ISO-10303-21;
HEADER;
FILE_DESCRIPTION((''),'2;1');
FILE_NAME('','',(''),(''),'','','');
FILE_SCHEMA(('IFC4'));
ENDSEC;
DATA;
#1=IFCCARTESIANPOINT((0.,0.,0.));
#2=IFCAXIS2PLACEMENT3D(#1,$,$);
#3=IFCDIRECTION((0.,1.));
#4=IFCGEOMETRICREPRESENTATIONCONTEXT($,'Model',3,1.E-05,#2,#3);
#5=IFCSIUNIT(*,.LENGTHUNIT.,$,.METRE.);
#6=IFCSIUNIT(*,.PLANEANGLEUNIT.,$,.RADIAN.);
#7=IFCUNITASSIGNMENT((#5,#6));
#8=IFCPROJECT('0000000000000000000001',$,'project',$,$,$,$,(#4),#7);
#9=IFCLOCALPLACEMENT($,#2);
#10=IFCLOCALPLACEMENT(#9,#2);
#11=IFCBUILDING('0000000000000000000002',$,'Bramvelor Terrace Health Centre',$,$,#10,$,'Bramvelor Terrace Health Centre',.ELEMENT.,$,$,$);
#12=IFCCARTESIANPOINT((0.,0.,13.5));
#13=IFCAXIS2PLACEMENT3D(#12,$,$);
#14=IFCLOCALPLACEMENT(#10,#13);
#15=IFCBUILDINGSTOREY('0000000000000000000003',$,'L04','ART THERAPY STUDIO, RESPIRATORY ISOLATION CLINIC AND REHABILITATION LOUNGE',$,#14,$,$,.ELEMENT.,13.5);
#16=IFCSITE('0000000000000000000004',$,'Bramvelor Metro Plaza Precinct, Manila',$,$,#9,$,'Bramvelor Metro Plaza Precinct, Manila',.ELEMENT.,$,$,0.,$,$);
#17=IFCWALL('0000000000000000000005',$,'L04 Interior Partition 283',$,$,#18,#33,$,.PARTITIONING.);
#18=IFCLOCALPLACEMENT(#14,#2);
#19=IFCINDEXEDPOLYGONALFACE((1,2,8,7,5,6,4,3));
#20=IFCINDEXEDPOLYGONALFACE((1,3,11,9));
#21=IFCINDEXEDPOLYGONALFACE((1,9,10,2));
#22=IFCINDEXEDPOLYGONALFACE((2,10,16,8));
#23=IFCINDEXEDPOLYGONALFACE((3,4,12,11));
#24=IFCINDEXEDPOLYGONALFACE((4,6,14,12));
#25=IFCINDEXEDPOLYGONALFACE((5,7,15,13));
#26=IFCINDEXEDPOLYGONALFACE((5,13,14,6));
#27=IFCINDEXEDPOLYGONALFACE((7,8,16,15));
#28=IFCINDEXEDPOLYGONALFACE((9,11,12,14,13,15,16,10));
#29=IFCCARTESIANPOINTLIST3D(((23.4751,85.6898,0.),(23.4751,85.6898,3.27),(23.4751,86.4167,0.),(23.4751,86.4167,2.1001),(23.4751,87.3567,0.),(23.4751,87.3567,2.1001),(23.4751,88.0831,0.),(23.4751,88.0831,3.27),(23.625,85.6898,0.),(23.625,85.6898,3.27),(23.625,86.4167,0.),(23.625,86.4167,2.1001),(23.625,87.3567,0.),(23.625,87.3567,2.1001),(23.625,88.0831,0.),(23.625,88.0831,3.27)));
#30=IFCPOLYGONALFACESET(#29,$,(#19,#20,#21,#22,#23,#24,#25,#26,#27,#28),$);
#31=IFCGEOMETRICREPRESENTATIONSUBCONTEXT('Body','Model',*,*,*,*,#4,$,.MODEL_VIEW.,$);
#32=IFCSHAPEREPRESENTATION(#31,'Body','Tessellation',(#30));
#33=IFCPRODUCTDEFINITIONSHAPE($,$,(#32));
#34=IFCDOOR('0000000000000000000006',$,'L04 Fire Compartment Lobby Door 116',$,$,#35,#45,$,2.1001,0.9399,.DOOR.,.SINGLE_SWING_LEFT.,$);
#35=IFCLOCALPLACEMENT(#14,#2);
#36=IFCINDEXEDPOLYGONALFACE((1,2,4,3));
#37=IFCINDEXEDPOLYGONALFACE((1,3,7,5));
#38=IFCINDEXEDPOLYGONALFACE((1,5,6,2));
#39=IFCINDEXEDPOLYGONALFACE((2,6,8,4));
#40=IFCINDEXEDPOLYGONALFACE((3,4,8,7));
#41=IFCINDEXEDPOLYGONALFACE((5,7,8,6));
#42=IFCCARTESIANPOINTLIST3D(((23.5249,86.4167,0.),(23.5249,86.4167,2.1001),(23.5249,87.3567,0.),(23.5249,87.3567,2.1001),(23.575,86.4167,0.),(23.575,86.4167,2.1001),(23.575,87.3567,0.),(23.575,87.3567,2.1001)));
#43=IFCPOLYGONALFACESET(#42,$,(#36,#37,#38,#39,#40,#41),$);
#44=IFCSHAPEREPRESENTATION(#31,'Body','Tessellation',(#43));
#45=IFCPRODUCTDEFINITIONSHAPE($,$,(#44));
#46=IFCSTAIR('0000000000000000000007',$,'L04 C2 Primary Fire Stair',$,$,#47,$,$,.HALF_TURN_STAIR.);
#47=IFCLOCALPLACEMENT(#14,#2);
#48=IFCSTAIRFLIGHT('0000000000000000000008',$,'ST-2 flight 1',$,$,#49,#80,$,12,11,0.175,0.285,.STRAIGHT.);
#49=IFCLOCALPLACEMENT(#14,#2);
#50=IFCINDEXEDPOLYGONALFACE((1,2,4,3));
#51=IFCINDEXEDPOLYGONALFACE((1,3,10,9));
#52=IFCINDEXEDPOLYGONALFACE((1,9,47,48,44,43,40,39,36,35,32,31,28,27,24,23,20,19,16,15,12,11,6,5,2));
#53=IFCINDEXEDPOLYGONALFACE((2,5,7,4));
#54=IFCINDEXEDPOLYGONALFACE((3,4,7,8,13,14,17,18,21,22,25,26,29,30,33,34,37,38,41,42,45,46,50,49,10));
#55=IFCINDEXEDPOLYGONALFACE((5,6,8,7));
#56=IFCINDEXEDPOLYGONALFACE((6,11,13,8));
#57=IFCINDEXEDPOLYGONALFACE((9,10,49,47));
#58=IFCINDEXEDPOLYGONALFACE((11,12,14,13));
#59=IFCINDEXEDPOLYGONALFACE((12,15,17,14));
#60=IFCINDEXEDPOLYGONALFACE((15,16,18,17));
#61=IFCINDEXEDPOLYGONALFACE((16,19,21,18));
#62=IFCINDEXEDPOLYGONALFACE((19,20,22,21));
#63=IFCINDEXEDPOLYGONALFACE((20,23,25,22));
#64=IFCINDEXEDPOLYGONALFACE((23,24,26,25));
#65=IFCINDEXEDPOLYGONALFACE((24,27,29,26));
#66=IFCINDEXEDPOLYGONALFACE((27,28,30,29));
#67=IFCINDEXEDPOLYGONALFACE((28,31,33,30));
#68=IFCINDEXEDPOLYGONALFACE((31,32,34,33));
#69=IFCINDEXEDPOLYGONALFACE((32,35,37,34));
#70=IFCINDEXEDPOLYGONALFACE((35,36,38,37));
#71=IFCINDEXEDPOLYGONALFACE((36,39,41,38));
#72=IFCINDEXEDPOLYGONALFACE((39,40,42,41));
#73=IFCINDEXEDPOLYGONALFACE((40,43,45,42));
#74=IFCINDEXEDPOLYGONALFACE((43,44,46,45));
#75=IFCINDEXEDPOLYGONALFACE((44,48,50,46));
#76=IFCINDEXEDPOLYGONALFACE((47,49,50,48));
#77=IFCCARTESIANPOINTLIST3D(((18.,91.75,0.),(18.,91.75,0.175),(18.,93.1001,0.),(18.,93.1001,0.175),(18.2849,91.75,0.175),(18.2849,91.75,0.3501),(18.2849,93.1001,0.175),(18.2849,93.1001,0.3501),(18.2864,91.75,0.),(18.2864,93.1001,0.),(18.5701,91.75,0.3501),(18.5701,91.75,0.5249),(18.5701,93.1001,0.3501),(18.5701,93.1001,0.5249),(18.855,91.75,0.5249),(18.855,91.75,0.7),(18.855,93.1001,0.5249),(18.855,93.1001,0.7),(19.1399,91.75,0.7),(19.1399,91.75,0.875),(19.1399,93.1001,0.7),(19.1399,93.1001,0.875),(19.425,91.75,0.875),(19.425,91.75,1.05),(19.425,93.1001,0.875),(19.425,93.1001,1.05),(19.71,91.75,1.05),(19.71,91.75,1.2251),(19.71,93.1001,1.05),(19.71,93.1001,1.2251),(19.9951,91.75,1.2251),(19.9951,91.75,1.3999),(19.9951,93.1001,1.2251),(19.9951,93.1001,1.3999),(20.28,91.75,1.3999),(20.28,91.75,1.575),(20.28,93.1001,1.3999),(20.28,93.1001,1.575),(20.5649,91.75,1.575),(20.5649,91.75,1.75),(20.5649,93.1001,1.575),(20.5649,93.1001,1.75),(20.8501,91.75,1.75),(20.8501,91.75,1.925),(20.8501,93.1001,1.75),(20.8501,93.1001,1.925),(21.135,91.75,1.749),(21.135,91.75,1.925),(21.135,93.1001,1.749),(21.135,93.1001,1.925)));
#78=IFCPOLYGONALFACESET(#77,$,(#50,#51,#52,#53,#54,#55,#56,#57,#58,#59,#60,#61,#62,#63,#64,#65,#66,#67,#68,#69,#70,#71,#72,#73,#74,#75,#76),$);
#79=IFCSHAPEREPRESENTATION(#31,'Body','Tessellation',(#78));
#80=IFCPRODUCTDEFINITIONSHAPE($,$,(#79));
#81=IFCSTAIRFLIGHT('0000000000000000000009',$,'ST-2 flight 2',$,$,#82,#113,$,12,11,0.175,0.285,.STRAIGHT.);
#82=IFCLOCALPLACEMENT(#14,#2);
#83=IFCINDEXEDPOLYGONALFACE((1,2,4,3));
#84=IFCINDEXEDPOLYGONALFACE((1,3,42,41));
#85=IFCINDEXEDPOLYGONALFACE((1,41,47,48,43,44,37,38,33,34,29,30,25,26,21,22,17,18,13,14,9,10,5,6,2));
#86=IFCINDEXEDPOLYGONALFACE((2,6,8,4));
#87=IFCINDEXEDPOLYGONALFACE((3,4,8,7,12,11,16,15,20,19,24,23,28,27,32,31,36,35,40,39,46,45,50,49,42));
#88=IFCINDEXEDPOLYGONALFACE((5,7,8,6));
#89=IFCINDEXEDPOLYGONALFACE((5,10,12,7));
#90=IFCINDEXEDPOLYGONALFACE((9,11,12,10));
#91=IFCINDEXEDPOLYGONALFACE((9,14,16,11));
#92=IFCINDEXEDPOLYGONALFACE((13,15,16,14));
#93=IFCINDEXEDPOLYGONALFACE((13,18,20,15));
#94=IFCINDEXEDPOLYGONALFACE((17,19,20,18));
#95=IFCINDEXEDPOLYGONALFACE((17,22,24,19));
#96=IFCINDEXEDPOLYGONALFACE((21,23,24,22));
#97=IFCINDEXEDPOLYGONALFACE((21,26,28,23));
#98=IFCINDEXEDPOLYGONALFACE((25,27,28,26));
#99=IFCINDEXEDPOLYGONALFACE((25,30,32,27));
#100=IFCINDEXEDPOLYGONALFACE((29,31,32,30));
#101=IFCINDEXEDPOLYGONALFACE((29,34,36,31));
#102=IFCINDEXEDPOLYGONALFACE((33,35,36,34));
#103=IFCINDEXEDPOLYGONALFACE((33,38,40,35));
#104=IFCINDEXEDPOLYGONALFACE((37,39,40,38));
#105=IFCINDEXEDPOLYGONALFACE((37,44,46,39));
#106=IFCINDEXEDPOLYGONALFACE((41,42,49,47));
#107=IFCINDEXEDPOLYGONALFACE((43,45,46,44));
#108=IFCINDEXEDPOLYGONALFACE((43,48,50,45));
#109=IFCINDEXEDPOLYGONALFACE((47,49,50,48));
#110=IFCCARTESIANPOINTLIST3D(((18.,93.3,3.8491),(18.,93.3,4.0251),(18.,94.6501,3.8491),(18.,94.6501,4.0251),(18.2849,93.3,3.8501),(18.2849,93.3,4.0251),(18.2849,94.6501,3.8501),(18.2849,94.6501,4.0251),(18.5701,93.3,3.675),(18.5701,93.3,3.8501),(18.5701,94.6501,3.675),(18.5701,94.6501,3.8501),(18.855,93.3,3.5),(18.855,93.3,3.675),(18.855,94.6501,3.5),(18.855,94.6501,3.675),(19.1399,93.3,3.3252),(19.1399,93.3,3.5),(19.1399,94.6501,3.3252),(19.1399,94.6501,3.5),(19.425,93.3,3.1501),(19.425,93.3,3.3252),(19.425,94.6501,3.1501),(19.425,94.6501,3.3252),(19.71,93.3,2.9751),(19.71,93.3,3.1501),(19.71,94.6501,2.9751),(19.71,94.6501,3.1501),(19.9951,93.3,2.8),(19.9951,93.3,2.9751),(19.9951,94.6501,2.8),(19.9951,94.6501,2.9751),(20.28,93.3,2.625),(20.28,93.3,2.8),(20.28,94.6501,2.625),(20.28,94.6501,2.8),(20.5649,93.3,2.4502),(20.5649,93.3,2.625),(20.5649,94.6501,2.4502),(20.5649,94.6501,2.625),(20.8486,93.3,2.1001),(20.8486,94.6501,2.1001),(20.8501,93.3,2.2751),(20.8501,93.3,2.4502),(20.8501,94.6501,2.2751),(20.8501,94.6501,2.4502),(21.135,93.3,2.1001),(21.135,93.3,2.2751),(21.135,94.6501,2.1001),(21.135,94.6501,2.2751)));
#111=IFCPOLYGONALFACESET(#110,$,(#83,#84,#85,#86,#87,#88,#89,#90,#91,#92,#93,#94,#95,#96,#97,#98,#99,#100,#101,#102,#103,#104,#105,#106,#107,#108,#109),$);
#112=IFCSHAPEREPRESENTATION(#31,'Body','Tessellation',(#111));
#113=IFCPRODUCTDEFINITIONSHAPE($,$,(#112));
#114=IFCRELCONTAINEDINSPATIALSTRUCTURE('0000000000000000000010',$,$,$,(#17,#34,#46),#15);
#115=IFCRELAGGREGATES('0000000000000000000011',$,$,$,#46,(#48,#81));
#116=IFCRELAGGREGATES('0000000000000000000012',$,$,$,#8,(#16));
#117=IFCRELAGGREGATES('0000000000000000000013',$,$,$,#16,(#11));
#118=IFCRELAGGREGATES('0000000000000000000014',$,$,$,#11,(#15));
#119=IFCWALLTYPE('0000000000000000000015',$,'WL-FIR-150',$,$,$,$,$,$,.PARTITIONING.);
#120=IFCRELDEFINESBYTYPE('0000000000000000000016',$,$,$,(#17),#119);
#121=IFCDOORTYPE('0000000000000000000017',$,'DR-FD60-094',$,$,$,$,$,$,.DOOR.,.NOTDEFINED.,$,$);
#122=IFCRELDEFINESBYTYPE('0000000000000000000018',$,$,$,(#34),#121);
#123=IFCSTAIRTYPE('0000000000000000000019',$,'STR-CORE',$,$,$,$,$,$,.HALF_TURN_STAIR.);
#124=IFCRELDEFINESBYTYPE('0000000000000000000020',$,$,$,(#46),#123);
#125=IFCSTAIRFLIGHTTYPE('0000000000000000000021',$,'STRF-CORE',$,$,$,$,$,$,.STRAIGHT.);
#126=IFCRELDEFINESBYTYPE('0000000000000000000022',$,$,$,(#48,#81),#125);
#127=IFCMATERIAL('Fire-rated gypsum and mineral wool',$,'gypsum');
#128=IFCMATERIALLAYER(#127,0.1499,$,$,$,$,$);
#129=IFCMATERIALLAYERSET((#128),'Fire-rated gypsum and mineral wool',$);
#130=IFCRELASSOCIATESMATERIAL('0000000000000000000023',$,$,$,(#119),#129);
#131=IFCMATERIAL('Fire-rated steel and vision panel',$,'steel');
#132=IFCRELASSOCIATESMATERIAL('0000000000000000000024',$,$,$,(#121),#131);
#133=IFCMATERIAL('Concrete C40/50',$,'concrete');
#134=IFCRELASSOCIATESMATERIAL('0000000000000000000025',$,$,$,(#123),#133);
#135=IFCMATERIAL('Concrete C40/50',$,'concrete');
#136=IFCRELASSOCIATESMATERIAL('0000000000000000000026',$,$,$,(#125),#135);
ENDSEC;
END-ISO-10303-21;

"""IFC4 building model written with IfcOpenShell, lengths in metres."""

from ifc_helpers import new_model, si_unit, direction, frame, frame_2d, origin, place, context, subcontext, project, spatial, polyline, rectangle, outline, extrude, material, layer, layer_set, type_object, element, fill, aggregate, save


model = new_model("IFC4")

# Units and contexts
model_context = context("Model", 3, precision=1e-05, world=origin(), true_north=direction((0.0, 1.0)))
body_context = subcontext(model_context, "Body", "Model", "MODEL_VIEW")
ifc_project = project(units=[si_unit("LENGTHUNIT", "METRE"), si_unit("PLANEANGLEUNIT", "RADIAN")], contexts=[model_context])

# Site, building, storey
site_placement = place(None, origin())
site = spatial("IfcSite", under=ifc_project, at=site_placement, Name="Bramvelor Metro Plaza Precinct, Manila", LongName="Bramvelor Metro Plaza Precinct, Manila", CompositionType="ELEMENT", RefElevation=0.0)
building_placement = place(site_placement, origin())
building = spatial("IfcBuilding", under=site, at=building_placement, Name="Bramvelor Terrace Health Centre", LongName="Bramvelor Terrace Health Centre", CompositionType="ELEMENT")
storey_placement = place(building_placement, frame((0.0, 0.0, 13.5)))
storey = spatial("IfcBuildingStorey", under=building, at=storey_placement, Name="L04", Description="ART THERAPY STUDIO, RESPIRATORY ISOLATION CLINIC AND REHABILITATION LOUNGE", CompositionType="ELEMENT", Elevation=13.5)

# Wall, opening, door
ifc_material_1 = material(Name="Fire-rated gypsum and mineral wool", Category="gypsum")
ifc_layer_1 = layer(ifc_material_1, 0.1499)
ifc_layer_set_1 = layer_set([ifc_layer_1], Name="Fire-rated gypsum and mineral wool")
wall_type_1 = type_object("IfcWallType", Name="WL-FIR-150", PredefinedType="PARTITIONING", material=ifc_layer_set_1)
wall_1_placement = place(storey_placement, frame((23.55, 88.0833, 0.0), z_axis=(0.0, 0.0, 1.0), x_axis=(0.0, -1.0, 0.0)))
wall_1 = element("IfcWall", 1, at=wall_1_placement, inside=storey, type_object=wall_type_1, Name="L04 Interior Partition 283", PredefinedType="PARTITIONING", context=body_context, shape_type="SweptSolid", body=[
    extrude(rectangle(XDim=2.3933, YDim=0.1499, at=frame_2d((1.1968, 0.0))), origin(), (0.0, 0.0, 1.0), 3.27),
])
opening_1_placement = place(wall_1_placement, frame((0.7266, 0.0, 0.0)))
opening_1 = element("IfcOpeningElement", 2, at=opening_1_placement, cuts=wall_1, PredefinedType="OPENING", context=body_context, shape_type="SweptSolid", body=[
    extrude(rectangle(XDim=0.9399, YDim=2.1001, at=frame_2d((0.47, 1.05))), frame((0.0, 0.085, 0.0), z_axis=(0.0, -1.0, 0.0), x_axis=(1.0, 0.0, 0.0)), (0.0, 0.0, 1.0), 0.1699),
])
ifc_material_2 = material(Name="Fire-rated steel and vision panel", Category="steel")
door_type_1 = type_object("IfcDoorType", Name="DR-FD60-094", OperationType="NOTDEFINED", PredefinedType="DOOR", material=ifc_material_2)
door_1_placement = place(opening_1_placement, origin())
door_1 = element("IfcDoor", 3, at=door_1_placement, inside=storey, type_object=door_type_1, Name="L04 Fire Compartment Lobby Door 116", OperationType="SINGLE_SWING_LEFT", OverallHeight=2.1001, OverallWidth=0.9399, PredefinedType="DOOR", context=body_context, shape_type="SweptSolid", body=[
    extrude(rectangle(XDim=0.9399, YDim=2.1001, at=frame_2d((0.47, 1.05))), frame((0.0, 0.0249, 0.0), z_axis=(0.0, -1.0, 0.0), x_axis=(1.0, 0.0, 0.0)), (0.0, 0.0, 1.0), 0.05),
])
fill(opening_1, door_1)

# Stair, stair flights
ifc_material_3 = material(Name="Concrete C40/50", Category="concrete")
stair_type = type_object("IfcStairType", Name="STR-CORE", PredefinedType="HALF_TURN_STAIR", material=ifc_material_3)
stair_placement = place(storey_placement, origin())
stair = element("IfcStair", 4, at=stair_placement, inside=storey, type_object=stair_type, Name="L04 C2 Primary Fire Stair", PredefinedType="HALF_TURN_STAIR")
ifc_material_4 = material(Name="Concrete C40/50", Category="concrete")
stair_flight_type = type_object("IfcStairFlightType", Name="STRF-CORE", PredefinedType="STRAIGHT", material=ifc_material_4)
stair_flight_1_placement = place(storey_placement, frame((18.0, 92.425, 0.0), z_axis=(0.0, 0.0, 1.0), x_axis=(1.0, 0.0, 0.0)))
stair_flight_1 = element("IfcStairFlight", 5, at=stair_flight_1_placement, type_object=stair_flight_type, Name="ST-2 flight 1", NumberOfRisers=12, NumberOfTreads=11, PredefinedType="STRAIGHT", RiserHeight=0.175, TreadLength=0.285, context=body_context, shape_type="SweptSolid", body=[
    extrude(outline(polyline([(0.0, 0.0), (0.0, 0.175), (0.2849, 0.175), (0.2849, 0.3501), (0.5701, 0.3501), (0.5701, 0.5249), (0.855, 0.5249), (0.855, 0.7), (1.1399, 0.7), (1.1399, 0.875), (1.425, 0.875), (1.425, 1.05), (1.71, 1.05), (1.71, 1.2251), (1.9951, 1.2251), (1.9951, 1.3999), (2.28, 1.3999), (2.28, 1.575), (2.5649, 1.575), (2.5649, 1.75), (2.8501, 1.75), (2.8501, 1.925), (3.135, 1.925), (3.135, 2.1001), (3.135, 1.749), (0.2864, 0.0), (0.0, 0.0)])), frame((0.0, 0.675, 0.0), z_axis=(0.0, -1.0, 0.0), x_axis=(1.0, 0.0, 0.0)), (0.0, 0.0, 1.0), 1.3501),
])
stair_flight_2_placement = place(storey_placement, frame((21.135, 93.9751, 2.1001), z_axis=(0.0, 0.0, 1.0), x_axis=(-1.0, 0.0, 0.0)))
stair_flight_2 = element("IfcStairFlight", 6, at=stair_flight_2_placement, type_object=stair_flight_type, Name="ST-2 flight 2", NumberOfRisers=12, NumberOfTreads=11, PredefinedType="STRAIGHT", RiserHeight=0.175, TreadLength=0.285, context=body_context, shape_type="SweptSolid", body=[
    extrude(outline(polyline([(0.0, 0.0), (0.0, 0.175), (0.2849, 0.175), (0.2849, 0.3501), (0.5701, 0.3501), (0.5701, 0.5249), (0.855, 0.5249), (0.855, 0.7), (1.1399, 0.7), (1.1399, 0.875), (1.425, 0.875), (1.425, 1.05), (1.71, 1.05), (1.71, 1.2251), (1.9951, 1.2251), (1.9951, 1.3999), (2.28, 1.3999), (2.28, 1.575), (2.5649, 1.575), (2.5649, 1.75), (2.8501, 1.75), (2.8501, 1.925), (3.135, 1.925), (3.135, 2.1001), (3.135, 1.749), (0.2864, 0.0), (0.0, 0.0)])), frame((0.0, 0.675, 0.0), z_axis=(0.0, -1.0, 0.0), x_axis=(1.0, 0.0, 0.0)), (0.0, 0.0, 1.0), 1.3501),
])
aggregate(stair, [stair_flight_1, stair_flight_2])

save(model, "model.ifc")
